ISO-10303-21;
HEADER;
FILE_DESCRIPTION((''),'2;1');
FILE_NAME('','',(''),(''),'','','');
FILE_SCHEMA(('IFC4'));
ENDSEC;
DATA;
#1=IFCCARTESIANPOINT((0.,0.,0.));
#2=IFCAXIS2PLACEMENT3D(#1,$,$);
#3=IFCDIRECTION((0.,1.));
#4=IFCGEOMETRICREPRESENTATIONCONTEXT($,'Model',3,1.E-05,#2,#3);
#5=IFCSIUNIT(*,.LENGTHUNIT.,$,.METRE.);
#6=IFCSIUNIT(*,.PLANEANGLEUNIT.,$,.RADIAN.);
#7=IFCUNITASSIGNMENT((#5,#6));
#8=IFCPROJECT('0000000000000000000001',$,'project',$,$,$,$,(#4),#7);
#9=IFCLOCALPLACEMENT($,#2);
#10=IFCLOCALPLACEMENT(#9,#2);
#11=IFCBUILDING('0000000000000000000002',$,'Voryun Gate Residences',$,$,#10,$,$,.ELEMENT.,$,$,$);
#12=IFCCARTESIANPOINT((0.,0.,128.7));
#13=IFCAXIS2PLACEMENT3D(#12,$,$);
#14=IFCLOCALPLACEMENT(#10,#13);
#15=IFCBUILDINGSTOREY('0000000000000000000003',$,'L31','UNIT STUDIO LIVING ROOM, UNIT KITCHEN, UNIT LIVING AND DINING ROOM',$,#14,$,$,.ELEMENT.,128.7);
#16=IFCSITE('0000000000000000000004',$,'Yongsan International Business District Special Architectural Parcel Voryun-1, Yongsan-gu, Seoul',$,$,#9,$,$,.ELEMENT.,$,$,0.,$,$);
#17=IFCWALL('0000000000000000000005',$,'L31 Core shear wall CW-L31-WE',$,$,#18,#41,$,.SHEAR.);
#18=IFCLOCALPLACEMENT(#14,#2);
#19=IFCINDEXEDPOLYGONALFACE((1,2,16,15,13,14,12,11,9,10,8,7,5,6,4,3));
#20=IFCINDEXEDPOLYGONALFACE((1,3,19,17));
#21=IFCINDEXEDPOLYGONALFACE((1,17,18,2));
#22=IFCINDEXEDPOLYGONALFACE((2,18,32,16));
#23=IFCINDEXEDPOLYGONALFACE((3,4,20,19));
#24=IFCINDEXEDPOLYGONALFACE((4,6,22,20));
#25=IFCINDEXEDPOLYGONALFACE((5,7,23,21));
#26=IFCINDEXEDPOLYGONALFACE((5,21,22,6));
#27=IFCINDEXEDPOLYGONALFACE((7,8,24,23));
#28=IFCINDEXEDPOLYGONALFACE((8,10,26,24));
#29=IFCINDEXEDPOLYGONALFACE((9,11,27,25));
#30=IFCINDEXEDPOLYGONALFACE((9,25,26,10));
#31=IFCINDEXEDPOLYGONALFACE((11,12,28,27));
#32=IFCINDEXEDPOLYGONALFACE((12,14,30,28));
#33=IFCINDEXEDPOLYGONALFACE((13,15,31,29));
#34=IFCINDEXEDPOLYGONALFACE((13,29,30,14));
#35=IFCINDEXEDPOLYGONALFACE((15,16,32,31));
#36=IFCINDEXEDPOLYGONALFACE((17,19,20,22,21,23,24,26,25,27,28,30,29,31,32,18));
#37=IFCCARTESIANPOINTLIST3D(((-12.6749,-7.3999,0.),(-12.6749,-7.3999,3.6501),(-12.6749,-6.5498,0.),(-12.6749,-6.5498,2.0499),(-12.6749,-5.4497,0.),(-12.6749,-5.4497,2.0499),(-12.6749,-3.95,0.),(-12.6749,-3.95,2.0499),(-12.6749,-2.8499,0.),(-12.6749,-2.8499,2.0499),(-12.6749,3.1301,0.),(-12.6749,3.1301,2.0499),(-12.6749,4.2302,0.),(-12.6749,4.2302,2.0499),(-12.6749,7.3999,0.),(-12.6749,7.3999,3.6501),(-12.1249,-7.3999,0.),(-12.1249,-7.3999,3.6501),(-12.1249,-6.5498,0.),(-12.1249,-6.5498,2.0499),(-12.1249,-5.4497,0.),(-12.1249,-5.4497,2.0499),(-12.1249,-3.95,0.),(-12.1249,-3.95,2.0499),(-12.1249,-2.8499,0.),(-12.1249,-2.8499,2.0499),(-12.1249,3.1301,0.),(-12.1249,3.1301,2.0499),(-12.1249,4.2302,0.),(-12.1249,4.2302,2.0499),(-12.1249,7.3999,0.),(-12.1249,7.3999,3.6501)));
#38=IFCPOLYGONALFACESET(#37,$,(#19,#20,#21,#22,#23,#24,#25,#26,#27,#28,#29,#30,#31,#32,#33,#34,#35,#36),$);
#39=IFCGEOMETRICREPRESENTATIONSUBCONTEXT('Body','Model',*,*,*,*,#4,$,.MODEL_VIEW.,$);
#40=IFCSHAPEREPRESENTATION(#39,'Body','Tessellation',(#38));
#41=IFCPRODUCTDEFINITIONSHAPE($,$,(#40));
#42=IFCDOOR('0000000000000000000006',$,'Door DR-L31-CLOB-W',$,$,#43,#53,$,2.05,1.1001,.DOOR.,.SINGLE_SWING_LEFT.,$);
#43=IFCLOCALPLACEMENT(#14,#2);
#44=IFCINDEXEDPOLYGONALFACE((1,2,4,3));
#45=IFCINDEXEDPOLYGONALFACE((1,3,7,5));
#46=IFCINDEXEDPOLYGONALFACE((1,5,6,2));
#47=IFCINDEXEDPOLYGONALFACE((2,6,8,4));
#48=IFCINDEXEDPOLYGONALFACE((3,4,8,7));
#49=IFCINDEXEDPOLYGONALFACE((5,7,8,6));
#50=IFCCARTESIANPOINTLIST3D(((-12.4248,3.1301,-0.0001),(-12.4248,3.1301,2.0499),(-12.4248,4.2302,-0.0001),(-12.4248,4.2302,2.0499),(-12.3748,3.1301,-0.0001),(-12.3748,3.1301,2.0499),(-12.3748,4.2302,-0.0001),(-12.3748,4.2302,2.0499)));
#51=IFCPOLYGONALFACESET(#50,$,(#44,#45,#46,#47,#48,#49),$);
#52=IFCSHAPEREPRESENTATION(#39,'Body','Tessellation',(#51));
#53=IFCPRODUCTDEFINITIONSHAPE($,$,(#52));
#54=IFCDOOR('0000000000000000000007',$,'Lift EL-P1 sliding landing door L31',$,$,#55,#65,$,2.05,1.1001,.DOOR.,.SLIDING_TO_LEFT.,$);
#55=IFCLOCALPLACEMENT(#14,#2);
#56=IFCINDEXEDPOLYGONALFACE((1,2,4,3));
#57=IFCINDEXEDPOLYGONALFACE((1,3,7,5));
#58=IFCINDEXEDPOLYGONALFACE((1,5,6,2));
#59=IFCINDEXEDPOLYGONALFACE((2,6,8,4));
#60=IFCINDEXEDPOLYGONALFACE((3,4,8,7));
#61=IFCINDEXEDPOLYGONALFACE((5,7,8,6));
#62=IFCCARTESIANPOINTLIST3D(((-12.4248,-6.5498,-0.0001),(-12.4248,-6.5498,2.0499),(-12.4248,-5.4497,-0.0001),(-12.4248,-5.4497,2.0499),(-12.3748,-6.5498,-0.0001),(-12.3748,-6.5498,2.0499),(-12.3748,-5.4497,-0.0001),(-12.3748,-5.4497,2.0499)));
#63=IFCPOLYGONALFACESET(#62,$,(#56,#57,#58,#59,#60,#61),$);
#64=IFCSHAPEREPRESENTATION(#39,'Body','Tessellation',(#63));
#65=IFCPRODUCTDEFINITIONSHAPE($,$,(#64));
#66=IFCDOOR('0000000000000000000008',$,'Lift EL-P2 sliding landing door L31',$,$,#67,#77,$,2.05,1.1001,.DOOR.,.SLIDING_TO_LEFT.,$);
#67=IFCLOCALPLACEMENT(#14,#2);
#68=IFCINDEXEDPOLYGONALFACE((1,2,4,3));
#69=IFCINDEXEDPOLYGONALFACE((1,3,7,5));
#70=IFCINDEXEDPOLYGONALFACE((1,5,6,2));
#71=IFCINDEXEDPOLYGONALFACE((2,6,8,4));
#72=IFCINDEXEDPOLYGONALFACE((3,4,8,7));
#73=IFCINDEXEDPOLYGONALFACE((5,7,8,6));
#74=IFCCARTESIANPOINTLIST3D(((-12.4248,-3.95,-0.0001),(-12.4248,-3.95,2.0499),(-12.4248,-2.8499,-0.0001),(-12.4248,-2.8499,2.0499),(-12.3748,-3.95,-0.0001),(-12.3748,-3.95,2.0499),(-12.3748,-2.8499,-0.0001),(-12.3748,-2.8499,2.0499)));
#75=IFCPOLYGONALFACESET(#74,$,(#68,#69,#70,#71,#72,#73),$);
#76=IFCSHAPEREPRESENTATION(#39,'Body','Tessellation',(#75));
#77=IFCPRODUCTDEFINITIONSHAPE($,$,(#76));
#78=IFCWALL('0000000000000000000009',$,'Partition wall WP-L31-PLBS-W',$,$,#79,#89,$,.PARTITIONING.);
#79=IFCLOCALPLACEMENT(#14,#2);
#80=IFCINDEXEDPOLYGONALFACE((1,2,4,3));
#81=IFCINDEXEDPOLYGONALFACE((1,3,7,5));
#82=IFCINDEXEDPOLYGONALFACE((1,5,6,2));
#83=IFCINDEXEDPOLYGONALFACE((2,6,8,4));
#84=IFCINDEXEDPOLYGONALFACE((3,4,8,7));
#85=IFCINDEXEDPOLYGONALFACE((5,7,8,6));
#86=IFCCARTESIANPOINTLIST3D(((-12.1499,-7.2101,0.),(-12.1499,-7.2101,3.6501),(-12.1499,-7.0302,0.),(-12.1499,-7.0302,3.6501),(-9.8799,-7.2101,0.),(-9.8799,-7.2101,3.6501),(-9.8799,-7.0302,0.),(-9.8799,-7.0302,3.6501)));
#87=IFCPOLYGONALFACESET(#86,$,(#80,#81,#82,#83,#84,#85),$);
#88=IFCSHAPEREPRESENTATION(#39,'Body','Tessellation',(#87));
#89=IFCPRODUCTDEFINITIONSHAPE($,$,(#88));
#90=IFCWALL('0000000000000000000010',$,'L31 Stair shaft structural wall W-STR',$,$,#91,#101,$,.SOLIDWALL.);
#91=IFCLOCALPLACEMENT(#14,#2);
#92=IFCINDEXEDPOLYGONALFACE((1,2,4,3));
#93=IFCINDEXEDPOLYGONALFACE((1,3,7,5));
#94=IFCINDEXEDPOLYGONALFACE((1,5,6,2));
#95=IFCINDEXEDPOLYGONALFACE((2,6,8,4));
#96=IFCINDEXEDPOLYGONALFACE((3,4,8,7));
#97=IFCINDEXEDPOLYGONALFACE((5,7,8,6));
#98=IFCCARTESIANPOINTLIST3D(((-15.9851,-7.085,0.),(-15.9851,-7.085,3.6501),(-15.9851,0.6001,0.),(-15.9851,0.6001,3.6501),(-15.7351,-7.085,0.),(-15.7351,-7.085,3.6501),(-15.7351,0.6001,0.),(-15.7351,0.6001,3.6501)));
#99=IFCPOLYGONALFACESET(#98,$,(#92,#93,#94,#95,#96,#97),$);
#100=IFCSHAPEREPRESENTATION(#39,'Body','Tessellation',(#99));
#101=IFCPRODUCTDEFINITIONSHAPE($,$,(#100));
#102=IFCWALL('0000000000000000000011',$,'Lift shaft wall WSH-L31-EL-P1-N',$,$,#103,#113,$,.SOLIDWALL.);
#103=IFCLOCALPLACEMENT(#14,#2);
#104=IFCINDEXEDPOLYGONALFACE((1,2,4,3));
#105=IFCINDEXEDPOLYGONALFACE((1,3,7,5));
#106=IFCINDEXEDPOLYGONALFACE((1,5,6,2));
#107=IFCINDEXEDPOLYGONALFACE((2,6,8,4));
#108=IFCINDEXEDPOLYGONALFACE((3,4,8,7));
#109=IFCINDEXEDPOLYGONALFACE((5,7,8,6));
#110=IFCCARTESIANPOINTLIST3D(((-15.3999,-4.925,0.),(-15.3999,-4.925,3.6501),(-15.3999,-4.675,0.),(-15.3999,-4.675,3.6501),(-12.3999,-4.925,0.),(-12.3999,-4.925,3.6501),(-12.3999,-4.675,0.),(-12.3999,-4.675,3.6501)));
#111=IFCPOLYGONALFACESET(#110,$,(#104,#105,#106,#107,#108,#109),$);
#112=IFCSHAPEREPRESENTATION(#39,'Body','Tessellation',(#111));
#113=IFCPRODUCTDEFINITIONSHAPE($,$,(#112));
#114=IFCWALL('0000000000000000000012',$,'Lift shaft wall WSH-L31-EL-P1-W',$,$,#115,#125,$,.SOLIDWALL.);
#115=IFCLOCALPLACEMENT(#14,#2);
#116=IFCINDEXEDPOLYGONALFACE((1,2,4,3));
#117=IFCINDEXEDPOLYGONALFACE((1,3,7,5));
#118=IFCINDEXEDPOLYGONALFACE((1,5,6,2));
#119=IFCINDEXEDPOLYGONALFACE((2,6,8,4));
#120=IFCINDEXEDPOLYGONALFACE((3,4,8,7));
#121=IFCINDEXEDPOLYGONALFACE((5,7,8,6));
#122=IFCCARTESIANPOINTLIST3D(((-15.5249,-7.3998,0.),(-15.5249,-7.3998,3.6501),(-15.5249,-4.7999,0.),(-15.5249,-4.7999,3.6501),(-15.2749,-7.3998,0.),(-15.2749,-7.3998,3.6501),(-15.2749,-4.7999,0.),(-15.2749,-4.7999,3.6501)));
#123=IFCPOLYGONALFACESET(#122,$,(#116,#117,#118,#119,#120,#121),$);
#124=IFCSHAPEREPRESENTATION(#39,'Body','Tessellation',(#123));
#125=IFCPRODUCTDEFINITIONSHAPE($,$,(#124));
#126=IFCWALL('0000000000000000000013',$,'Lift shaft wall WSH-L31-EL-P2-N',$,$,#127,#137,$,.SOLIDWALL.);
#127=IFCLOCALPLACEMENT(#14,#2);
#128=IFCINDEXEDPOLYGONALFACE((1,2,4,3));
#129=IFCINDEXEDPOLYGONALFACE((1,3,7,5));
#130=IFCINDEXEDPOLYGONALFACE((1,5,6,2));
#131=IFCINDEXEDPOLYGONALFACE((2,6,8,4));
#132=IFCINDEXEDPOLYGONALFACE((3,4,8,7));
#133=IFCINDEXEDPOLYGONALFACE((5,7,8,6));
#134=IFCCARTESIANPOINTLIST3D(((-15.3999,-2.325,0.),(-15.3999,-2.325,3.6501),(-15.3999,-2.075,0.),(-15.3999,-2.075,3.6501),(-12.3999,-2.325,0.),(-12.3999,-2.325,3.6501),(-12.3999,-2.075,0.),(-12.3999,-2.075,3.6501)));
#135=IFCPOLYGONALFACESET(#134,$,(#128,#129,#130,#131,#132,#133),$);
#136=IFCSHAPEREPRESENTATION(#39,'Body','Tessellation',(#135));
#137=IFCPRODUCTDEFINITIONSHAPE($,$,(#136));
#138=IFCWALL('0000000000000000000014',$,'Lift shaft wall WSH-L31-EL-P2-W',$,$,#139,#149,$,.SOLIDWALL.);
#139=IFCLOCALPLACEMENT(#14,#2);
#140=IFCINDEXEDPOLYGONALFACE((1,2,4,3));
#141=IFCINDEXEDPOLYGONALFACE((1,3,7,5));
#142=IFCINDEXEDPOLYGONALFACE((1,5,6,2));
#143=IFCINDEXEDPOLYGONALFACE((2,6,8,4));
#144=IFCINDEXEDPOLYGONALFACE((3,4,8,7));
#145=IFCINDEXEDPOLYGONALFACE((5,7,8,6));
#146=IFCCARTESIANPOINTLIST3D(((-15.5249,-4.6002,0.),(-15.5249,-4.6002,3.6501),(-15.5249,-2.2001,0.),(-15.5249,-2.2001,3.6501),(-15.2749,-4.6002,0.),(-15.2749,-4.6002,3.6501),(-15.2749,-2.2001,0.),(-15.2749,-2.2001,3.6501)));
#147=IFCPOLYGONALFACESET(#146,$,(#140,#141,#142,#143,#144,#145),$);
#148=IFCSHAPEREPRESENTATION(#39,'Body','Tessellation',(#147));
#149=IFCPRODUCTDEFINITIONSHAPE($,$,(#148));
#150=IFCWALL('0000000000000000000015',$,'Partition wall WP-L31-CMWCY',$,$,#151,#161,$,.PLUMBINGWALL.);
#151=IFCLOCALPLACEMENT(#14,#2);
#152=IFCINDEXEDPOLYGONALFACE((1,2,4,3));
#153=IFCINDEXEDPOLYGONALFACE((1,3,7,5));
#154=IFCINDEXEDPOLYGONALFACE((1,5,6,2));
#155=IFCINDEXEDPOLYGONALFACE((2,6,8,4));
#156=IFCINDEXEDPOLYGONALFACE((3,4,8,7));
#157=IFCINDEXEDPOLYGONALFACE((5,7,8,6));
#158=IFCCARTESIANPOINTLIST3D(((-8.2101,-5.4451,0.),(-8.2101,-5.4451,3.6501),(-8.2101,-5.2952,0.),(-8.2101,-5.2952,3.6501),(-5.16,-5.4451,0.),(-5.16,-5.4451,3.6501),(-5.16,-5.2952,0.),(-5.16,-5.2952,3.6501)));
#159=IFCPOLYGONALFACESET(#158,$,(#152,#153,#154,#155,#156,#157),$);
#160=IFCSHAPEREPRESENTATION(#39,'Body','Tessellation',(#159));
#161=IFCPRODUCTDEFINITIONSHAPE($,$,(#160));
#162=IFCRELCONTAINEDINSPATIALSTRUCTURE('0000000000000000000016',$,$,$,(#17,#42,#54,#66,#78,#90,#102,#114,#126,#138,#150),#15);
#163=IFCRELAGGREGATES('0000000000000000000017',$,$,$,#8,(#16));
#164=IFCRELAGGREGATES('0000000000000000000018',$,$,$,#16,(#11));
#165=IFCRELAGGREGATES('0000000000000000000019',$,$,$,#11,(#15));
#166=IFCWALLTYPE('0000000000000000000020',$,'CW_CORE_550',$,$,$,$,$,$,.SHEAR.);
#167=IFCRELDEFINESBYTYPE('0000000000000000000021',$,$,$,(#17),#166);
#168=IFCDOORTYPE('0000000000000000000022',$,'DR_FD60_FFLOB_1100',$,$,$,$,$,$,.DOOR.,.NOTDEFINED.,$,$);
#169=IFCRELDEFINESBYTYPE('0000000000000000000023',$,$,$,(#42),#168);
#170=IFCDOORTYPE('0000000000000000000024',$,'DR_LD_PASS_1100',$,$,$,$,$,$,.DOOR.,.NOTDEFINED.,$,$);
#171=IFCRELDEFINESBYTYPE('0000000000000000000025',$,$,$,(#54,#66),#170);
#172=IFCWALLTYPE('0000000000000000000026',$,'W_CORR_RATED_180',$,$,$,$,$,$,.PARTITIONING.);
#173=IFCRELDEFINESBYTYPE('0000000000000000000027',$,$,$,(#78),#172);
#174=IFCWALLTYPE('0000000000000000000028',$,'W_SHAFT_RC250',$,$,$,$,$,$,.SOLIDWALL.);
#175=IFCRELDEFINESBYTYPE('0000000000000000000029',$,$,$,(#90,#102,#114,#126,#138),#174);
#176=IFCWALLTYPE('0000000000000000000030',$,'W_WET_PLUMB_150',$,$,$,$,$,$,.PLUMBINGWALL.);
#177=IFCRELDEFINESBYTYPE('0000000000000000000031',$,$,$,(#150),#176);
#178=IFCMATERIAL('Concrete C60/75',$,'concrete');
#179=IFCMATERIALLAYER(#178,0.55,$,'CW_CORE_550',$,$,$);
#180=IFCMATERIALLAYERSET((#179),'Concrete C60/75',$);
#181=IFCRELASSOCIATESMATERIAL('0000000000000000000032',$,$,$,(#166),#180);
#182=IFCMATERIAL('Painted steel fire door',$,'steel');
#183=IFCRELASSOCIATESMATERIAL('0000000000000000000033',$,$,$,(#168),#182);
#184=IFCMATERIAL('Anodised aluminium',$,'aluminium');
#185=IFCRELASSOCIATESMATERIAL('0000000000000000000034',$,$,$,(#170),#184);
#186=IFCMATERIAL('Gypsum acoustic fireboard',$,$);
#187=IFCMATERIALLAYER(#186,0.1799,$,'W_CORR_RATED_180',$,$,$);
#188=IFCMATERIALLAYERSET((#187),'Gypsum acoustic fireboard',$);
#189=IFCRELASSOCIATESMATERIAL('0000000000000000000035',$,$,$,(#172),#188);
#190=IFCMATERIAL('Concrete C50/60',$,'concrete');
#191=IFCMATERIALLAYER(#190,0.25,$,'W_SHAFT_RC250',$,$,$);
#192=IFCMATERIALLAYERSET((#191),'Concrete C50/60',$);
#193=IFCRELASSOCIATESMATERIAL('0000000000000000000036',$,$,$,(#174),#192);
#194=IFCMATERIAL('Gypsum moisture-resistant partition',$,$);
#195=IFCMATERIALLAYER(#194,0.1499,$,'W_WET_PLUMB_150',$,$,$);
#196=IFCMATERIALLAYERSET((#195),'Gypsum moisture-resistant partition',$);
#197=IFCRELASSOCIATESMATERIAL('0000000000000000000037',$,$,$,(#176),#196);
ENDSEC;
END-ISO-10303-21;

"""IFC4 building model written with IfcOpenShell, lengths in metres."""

from ifc_helpers import new_model, si_unit, direction, frame, frame_2d, origin, place, context, subcontext, project, spatial, rectangle, extrude, material, layer, layer_set, type_object, element, fill, save


model = new_model("IFC4")

# Units and contexts
model_context = context("Model", 3, precision=1e-05, world=origin(), true_north=direction((0.0, 1.0)))
body_context = subcontext(model_context, "Body", "Model", "MODEL_VIEW")
ifc_project = project(units=[si_unit("LENGTHUNIT", "METRE"), si_unit("PLANEANGLEUNIT", "RADIAN")], contexts=[model_context])

# Site, building, storey
site_placement = place(None, origin())
site = spatial("IfcSite", under=ifc_project, at=site_placement, Name="Yongsan International Business District Special Architectural Parcel Voryun-1, Yongsan-gu, Seoul", CompositionType="ELEMENT", RefElevation=0.0)
building_placement = place(site_placement, origin())
building = spatial("IfcBuilding", under=site, at=building_placement, Name="Voryun Gate Residences", CompositionType="ELEMENT")
storey_placement = place(building_placement, frame((0.0, 0.0, 128.7)))
storey = spatial("IfcBuildingStorey", under=building, at=storey_placement, Name="L31", Description="UNIT STUDIO LIVING ROOM, UNIT KITCHEN, UNIT LIVING AND DINING ROOM", CompositionType="ELEMENT", Elevation=128.7)

# Wall, openings, doors
ifc_material_1 = material(Name="Concrete C60/75", Category="concrete")
ifc_layer_1 = layer(ifc_material_1, 0.55, Name="CW_CORE_550")
ifc_layer_set_1 = layer_set([ifc_layer_1], Name="Concrete C60/75")
wall_type_1 = type_object("IfcWallType", Name="CW_CORE_550", PredefinedType="SHEAR", material=ifc_layer_set_1)
wall_1_placement = place(storey_placement, frame((-12.3999, -7.3999, 0.0), z_axis=(0.0, 0.0, 1.0), x_axis=(0.0, 1.0, 0.0)))
wall_1 = element("IfcWall", 1, at=wall_1_placement, inside=storey, type_object=wall_type_1, Name="L31 Core shear wall CW-L31-WE", PredefinedType="SHEAR", context=body_context, shape_type="SweptSolid", body=[
    extrude(rectangle(XDim=14.7998, YDim=0.55, at=frame_2d((7.3999, 0.0))), origin(), (0.0, 0.0, 1.0), 3.6501),
])
opening_1_placement = place(wall_1_placement, frame((0.8501, 0.0, 0.0)))
opening_1 = element("IfcOpeningElement", 2, at=opening_1_placement, cuts=wall_1, PredefinedType="OPENING", context=body_context, shape_type="SweptSolid", body=[
    extrude(rectangle(XDim=1.1001, YDim=2.05, at=frame_2d((0.55, 1.0249))), frame((0.0, 0.2849, 0.0), z_axis=(0.0, -1.0, 0.0), x_axis=(1.0, 0.0, 0.0)), (0.0, 0.0, 1.0), 0.5701),
])
opening_2_placement = place(wall_1_placement, frame((3.45, 0.0, 0.0)))
opening_2 = element("IfcOpeningElement", 3, at=opening_2_placement, cuts=wall_1, PredefinedType="OPENING", context=body_context, shape_type="SweptSolid", body=[
    extrude(rectangle(XDim=1.1001, YDim=2.05, at=frame_2d((0.55, 1.0249))), frame((0.0, 0.2849, 0.0), z_axis=(0.0, -1.0, 0.0), x_axis=(1.0, 0.0, 0.0)), (0.0, 0.0, 1.0), 0.5701),
])
opening_3_placement = place(wall_1_placement, frame((10.53, 0.0, 0.0)))
opening_3 = element("IfcOpeningElement", 4, at=opening_3_placement, cuts=wall_1, PredefinedType="OPENING", context=body_context, shape_type="SweptSolid", body=[
    extrude(rectangle(XDim=1.1001, YDim=2.05, at=frame_2d((0.55, 1.0249))), frame((0.0, 0.2849, 0.0), z_axis=(0.0, -1.0, 0.0), x_axis=(1.0, 0.0, 0.0)), (0.0, 0.0, 1.0), 0.5701),
])
ifc_material_2 = material(Name="Painted steel fire door", Category="steel")
door_type_1 = type_object("IfcDoorType", Name="DR_FD60_FFLOB_1100", OperationType="NOTDEFINED", PredefinedType="DOOR", material=ifc_material_2)
door_1_placement = place(opening_3_placement, origin())
door_1 = element("IfcDoor", 5, at=door_1_placement, inside=storey, type_object=door_type_1, Name="Door DR-L31-CLOB-W", OperationType="SINGLE_SWING_LEFT", OverallHeight=2.05, OverallWidth=1.1001, PredefinedType="DOOR", context=body_context, shape_type="SweptSolid", body=[
    extrude(rectangle(XDim=1.1001, YDim=2.05, at=frame_2d((0.55, 1.0249))), frame((0.0, 0.0249, 0.0), z_axis=(0.0, -1.0, 0.0), x_axis=(1.0, 0.0, 0.0)), (0.0, 0.0, 1.0), 0.05),
])
fill(opening_3, door_1)
ifc_material_3 = material(Name="Anodised aluminium", Category="aluminium")
door_type_2 = type_object("IfcDoorType", Name="DR_LD_PASS_1100", OperationType="NOTDEFINED", PredefinedType="DOOR", material=ifc_material_3)
door_2_placement = place(opening_1_placement, origin())
door_2 = element("IfcDoor", 6, at=door_2_placement, inside=storey, type_object=door_type_2, Name="Lift EL-P1 sliding landing door L31", OperationType="SLIDING_TO_LEFT", OverallHeight=2.05, OverallWidth=1.1001, PredefinedType="DOOR", context=body_context, shape_type="SweptSolid", body=[
    extrude(rectangle(XDim=1.1001, YDim=2.05, at=frame_2d((0.55, 1.0249))), frame((0.0, 0.0249, 0.0), z_axis=(0.0, -1.0, 0.0), x_axis=(1.0, 0.0, 0.0)), (0.0, 0.0, 1.0), 0.05),
])
fill(opening_1, door_2)
door_3_placement = place(opening_2_placement, origin())
door_3 = element("IfcDoor", 7, at=door_3_placement, inside=storey, type_object=door_type_2, Name="Lift EL-P2 sliding landing door L31", OperationType="SLIDING_TO_LEFT", OverallHeight=2.05, OverallWidth=1.1001, PredefinedType="DOOR", context=body_context, shape_type="SweptSolid", body=[
    extrude(rectangle(XDim=1.1001, YDim=2.05, at=frame_2d((0.55, 1.0249))), frame((0.0, 0.0249, 0.0), z_axis=(0.0, -1.0, 0.0), x_axis=(1.0, 0.0, 0.0)), (0.0, 0.0, 1.0), 0.05),
])
fill(opening_2, door_3)

# Walls
ifc_material_4 = material(Name="Gypsum acoustic fireboard")
ifc_layer_2 = layer(ifc_material_4, 0.1799, Name="W_CORR_RATED_180")
ifc_layer_set_2 = layer_set([ifc_layer_2], Name="Gypsum acoustic fireboard")
wall_type_2 = type_object("IfcWallType", Name="W_CORR_RATED_180", PredefinedType="PARTITIONING", material=ifc_layer_set_2)
wall_2_placement = place(storey_placement, frame((-12.1499, -7.1201, 0.0), z_axis=(0.0, 0.0, 1.0), x_axis=(1.0, 0.0, 0.0)))
element("IfcWall", 8, at=wall_2_placement, inside=storey, type_object=wall_type_2, Name="Partition wall WP-L31-PLBS-W", PredefinedType="PARTITIONING", context=body_context, shape_type="SweptSolid", body=[
    extrude(rectangle(XDim=2.27, YDim=0.1799, at=frame_2d((1.135, 0.0))), origin(), (0.0, 0.0, 1.0), 3.6501),
])
ifc_material_5 = material(Name="Concrete C50/60", Category="concrete")
ifc_layer_3 = layer(ifc_material_5, 0.25, Name="W_SHAFT_RC250")
ifc_layer_set_3 = layer_set([ifc_layer_3], Name="Concrete C50/60")
wall_type_3 = type_object("IfcWallType", Name="W_SHAFT_RC250", PredefinedType="SOLIDWALL", material=ifc_layer_set_3)
wall_3_placement = place(storey_placement, frame((-15.8601, -7.085, 0.0), z_axis=(0.0, 0.0, 1.0), x_axis=(0.0, 1.0, 0.0)))
element("IfcWall", 9, at=wall_3_placement, inside=storey, type_object=wall_type_3, Name="L31 Stair shaft structural wall W-STR", PredefinedType="SOLIDWALL", context=body_context, shape_type="SweptSolid", body=[
    extrude(rectangle(XDim=7.6851, YDim=0.25, at=frame_2d((3.8425, 0.0))), origin(), (0.0, 0.0, 1.0), 3.6501),
])
wall_4_placement = place(storey_placement, frame((-12.3999, -4.8, 0.0), z_axis=(0.0, 0.0, 1.0), x_axis=(-1.0, 0.0, 0.0)))
element("IfcWall", 10, at=wall_4_placement, inside=storey, type_object=wall_type_3, Name="Lift shaft wall WSH-L31-EL-P1-N", PredefinedType="SOLIDWALL", context=body_context, shape_type="SweptSolid", body=[
    extrude(rectangle(XDim=3.0, YDim=0.25, at=frame_2d((1.5, 0.0))), origin(), (0.0, 0.0, 1.0), 3.6501),
])
wall_5_placement = place(storey_placement, frame((-15.3999, -4.8, 0.0), z_axis=(0.0, 0.0, 1.0), x_axis=(0.0, -1.0, 0.0)))
element("IfcWall", 11, at=wall_5_placement, inside=storey, type_object=wall_type_3, Name="Lift shaft wall WSH-L31-EL-P1-W", PredefinedType="SOLIDWALL", context=body_context, shape_type="SweptSolid", body=[
    extrude(rectangle(XDim=2.5999, YDim=0.25, at=frame_2d((1.2998, 0.0))), origin(), (0.0, 0.0, 1.0), 3.6501),
])
wall_6_placement = place(storey_placement, frame((-12.3999, -2.2, 0.0), z_axis=(0.0, 0.0, 1.0), x_axis=(-1.0, 0.0, 0.0)))
element("IfcWall", 12, at=wall_6_placement, inside=storey, type_object=wall_type_3, Name="Lift shaft wall WSH-L31-EL-P2-N", PredefinedType="SOLIDWALL", context=body_context, shape_type="SweptSolid", body=[
    extrude(rectangle(XDim=3.0, YDim=0.25, at=frame_2d((1.5, 0.0))), origin(), (0.0, 0.0, 1.0), 3.6501),
])
wall_7_placement = place(storey_placement, frame((-15.3999, -2.2, 0.0), z_axis=(0.0, 0.0, 1.0), x_axis=(0.0, -1.0, 0.0)))
element("IfcWall", 13, at=wall_7_placement, inside=storey, type_object=wall_type_3, Name="Lift shaft wall WSH-L31-EL-P2-W", PredefinedType="SOLIDWALL", context=body_context, shape_type="SweptSolid", body=[
    extrude(rectangle(XDim=2.4001, YDim=0.25, at=frame_2d((1.2002, 0.0))), origin(), (0.0, 0.0, 1.0), 3.6501),
])
ifc_material_6 = material(Name="Gypsum moisture-resistant partition")
ifc_layer_4 = layer(ifc_material_6, 0.1499, Name="W_WET_PLUMB_150")
ifc_layer_set_4 = layer_set([ifc_layer_4], Name="Gypsum moisture-resistant partition")
wall_type_4 = type_object("IfcWallType", Name="W_WET_PLUMB_150", PredefinedType="PLUMBINGWALL", material=ifc_layer_set_4)
wall_8_placement = place(storey_placement, frame((-8.21, -5.3701, 0.0), z_axis=(0.0, 0.0, 1.0), x_axis=(1.0, 0.0, 0.0)))
element("IfcWall", 14, at=wall_8_placement, inside=storey, type_object=wall_type_4, Name="Partition wall WP-L31-CMWCY", PredefinedType="PLUMBINGWALL", context=body_context, shape_type="SweptSolid", body=[
    extrude(rectangle(XDim=3.05, YDim=0.1499, at=frame_2d((1.5249, 0.0))), origin(), (0.0, 0.0, 1.0), 3.6501),
])

save(model, "model.ifc")
